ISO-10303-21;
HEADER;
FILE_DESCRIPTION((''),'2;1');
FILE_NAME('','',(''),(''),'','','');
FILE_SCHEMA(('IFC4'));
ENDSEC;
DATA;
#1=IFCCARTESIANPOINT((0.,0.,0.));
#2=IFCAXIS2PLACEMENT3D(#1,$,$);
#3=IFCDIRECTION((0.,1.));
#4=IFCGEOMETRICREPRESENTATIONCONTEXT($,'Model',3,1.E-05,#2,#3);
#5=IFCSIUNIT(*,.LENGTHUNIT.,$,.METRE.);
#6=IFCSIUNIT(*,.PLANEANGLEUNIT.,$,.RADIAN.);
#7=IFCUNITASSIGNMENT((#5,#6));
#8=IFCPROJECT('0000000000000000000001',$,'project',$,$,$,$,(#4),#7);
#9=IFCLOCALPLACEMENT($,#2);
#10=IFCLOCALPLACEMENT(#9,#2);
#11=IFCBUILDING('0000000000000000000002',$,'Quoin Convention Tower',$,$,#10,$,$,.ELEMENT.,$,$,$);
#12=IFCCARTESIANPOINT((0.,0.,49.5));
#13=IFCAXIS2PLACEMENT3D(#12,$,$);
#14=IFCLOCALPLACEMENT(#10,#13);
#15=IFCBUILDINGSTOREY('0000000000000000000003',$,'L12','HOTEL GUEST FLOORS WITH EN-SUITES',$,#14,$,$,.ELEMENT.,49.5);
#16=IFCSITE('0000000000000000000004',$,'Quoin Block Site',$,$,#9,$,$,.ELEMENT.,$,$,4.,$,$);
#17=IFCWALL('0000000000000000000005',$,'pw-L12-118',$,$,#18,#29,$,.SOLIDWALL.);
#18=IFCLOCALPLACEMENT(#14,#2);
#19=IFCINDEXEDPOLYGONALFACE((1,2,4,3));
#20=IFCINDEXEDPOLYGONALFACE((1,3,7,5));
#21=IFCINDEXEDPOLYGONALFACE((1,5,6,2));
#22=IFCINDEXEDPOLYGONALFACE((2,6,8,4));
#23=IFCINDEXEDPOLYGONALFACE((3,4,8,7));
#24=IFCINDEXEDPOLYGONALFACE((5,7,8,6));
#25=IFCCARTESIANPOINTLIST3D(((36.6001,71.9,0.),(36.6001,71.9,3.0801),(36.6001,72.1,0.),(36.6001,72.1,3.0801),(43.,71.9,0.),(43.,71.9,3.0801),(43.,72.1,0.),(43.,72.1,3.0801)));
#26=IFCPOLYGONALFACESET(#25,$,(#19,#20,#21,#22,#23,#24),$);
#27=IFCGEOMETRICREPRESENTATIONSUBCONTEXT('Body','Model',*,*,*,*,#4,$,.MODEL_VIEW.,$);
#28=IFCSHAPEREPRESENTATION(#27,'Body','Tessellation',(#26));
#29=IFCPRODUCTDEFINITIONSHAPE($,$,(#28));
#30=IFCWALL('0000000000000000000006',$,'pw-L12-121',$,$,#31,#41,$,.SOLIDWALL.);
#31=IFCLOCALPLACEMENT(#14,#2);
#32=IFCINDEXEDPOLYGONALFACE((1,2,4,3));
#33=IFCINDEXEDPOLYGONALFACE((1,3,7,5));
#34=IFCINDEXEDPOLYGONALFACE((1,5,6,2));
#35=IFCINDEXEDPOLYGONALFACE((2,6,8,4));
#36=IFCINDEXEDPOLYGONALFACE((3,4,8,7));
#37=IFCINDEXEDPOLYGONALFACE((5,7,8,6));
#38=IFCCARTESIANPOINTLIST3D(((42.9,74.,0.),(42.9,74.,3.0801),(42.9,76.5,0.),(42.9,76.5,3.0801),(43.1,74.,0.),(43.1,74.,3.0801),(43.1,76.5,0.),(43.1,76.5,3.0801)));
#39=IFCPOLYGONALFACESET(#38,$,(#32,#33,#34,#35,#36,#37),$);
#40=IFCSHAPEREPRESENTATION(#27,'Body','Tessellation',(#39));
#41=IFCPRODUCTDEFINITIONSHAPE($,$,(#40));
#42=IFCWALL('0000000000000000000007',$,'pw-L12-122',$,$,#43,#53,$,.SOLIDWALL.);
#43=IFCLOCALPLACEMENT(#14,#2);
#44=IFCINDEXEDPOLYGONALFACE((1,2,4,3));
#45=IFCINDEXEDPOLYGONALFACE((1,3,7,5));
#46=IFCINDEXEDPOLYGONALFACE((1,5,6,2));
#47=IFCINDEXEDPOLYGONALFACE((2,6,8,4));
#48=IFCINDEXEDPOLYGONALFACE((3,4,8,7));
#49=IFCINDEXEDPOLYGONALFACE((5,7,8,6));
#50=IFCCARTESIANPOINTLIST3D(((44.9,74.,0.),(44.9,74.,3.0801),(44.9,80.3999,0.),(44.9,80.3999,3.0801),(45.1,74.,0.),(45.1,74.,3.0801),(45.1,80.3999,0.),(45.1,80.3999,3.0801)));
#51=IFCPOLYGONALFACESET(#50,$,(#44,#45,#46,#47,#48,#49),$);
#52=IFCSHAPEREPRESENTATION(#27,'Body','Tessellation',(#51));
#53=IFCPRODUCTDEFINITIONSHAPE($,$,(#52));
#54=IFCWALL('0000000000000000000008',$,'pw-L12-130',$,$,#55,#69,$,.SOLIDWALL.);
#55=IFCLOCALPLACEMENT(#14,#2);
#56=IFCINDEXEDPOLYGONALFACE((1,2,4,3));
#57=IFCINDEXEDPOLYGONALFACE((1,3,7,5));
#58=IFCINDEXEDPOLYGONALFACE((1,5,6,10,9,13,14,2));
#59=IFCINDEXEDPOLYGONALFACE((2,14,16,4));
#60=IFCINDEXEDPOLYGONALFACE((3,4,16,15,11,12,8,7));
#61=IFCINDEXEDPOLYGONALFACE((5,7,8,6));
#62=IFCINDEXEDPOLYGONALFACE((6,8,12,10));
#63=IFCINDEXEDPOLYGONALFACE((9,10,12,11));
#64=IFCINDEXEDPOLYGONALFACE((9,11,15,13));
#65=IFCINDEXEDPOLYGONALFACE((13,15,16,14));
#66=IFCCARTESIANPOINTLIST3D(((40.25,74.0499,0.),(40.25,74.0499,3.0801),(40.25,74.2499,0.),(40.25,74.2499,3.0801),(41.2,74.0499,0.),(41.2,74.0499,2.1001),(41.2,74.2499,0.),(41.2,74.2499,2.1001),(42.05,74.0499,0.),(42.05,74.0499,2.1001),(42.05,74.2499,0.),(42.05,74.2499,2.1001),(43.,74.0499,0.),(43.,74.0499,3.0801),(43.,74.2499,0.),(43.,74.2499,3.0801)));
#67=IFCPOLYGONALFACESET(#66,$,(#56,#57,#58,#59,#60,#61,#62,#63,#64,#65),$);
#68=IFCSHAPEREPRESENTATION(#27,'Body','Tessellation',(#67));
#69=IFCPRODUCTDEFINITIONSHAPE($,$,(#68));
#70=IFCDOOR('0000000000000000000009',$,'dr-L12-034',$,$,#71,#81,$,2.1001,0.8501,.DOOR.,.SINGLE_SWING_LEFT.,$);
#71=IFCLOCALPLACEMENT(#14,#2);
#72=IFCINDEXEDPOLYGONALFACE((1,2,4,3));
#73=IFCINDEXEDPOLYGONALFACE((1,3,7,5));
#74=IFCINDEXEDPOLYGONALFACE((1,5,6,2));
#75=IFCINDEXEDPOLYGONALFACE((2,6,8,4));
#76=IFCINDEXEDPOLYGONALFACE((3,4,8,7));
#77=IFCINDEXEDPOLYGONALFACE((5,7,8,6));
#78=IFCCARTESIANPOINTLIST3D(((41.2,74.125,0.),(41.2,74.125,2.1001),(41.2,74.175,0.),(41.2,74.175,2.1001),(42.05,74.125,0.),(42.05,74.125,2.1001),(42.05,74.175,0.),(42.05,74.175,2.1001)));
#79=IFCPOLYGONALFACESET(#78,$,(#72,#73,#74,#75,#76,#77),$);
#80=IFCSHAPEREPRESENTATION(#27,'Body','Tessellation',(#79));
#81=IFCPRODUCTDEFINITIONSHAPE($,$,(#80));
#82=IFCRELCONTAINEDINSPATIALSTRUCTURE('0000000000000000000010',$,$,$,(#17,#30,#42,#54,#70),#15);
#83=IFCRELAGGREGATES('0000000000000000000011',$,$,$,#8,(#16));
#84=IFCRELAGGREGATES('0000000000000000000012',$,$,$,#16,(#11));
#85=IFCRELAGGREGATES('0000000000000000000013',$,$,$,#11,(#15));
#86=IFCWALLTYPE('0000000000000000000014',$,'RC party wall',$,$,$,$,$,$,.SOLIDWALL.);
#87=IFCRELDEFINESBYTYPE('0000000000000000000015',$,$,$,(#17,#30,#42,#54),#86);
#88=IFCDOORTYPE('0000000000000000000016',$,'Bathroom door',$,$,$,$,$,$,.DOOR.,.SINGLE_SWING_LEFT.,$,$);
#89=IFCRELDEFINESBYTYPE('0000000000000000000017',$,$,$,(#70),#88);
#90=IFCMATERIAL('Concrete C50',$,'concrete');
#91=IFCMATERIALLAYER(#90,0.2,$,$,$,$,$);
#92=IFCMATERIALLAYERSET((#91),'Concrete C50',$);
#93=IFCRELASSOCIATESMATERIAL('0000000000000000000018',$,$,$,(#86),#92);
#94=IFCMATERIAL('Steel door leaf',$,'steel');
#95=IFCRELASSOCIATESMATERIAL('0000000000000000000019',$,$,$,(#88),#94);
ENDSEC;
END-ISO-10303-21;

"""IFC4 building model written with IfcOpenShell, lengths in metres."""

from ifc_helpers import new_model, si_unit, direction, frame, frame_2d, origin, place, context, subcontext, project, spatial, rectangle, extrude, material, layer, layer_set, type_object, element, fill, save


model = new_model("IFC4")

# Units and contexts
model_context = context("Model", 3, precision=1e-05, world=origin(), true_north=direction((0.0, 1.0)))
body_context = subcontext(model_context, "Body", "Model", "MODEL_VIEW")
ifc_project = project(units=[si_unit("LENGTHUNIT", "METRE"), si_unit("PLANEANGLEUNIT", "RADIAN")], contexts=[model_context])

# Site, building, storey
site_placement = place(None, origin())
site = spatial("IfcSite", under=ifc_project, at=site_placement, Name="Quoin Block Site", CompositionType="ELEMENT", RefElevation=4.0)
building_placement = place(site_placement, origin())
building = spatial("IfcBuilding", under=site, at=building_placement, Name="Quoin Convention Tower", CompositionType="ELEMENT")
storey_placement = place(building_placement, frame((0.0, 0.0, 49.5)))
storey = spatial("IfcBuildingStorey", under=building, at=storey_placement, Name="L12", Description="HOTEL GUEST FLOORS WITH EN-SUITES", CompositionType="ELEMENT", Elevation=49.5)

# Shared definitions
ifc_material_1 = material(Name="Steel door leaf", Category="steel")

# Shared definitions
ifc_material_2 = material(Name="Concrete C50", Category="concrete")
ifc_layer_1 = layer(ifc_material_2, 0.2)
ifc_layer_set_1 = layer_set([ifc_layer_1], Name="Concrete C50")
wall_type_1 = type_object("IfcWallType", Name="RC party wall", PredefinedType="SOLIDWALL", material=ifc_layer_set_1)

# Shared definitions
door_type_1 = type_object("IfcDoorType", Name="Bathroom door", OperationType="SINGLE_SWING_LEFT", PredefinedType="DOOR", material=ifc_material_1)

# Walls
wall_1_placement = place(storey_placement, frame((36.6001, 72.0, 0.0), z_axis=(0.0, 0.0, 1.0), x_axis=(1.0, 0.0, 0.0)))
element("IfcWall", 1, at=wall_1_placement, inside=storey, type_object=wall_type_1, Name="pw-L12-118", PredefinedType="SOLIDWALL", context=body_context, shape_type="SweptSolid", body=[
    extrude(rectangle(XDim=6.3999, YDim=0.2, at=frame_2d((3.2, 0.0))), origin(), (0.0, 0.0, 1.0), 3.0801),
])
wall_2_placement = place(storey_placement, frame((43.0, 74.0, 0.0), z_axis=(0.0, 0.0, 1.0), x_axis=(0.0, 1.0, 0.0)))
element("IfcWall", 2, at=wall_2_placement, inside=storey, type_object=wall_type_1, Name="pw-L12-121", PredefinedType="SOLIDWALL", context=body_context, shape_type="SweptSolid", body=[
    extrude(rectangle(XDim=2.5, YDim=0.2, at=frame_2d((1.25, 0.0))), origin(), (0.0, 0.0, 1.0), 3.0801),
])
wall_3_placement = place(storey_placement, frame((45.0, 74.0, 0.0), z_axis=(0.0, 0.0, 1.0), x_axis=(0.0, 1.0, 0.0)))
element("IfcWall", 3, at=wall_3_placement, inside=storey, type_object=wall_type_1, Name="pw-L12-122", PredefinedType="SOLIDWALL", context=body_context, shape_type="SweptSolid", body=[
    extrude(rectangle(XDim=6.3999, YDim=0.2, at=frame_2d((3.2, 0.0))), origin(), (0.0, 0.0, 1.0), 3.0801),
])

# Wall, opening, door
wall_4_placement = place(storey_placement, frame((40.25, 74.1499, 0.0), z_axis=(0.0, 0.0, 1.0), x_axis=(1.0, 0.0, 0.0)))
wall_4 = element("IfcWall", 4, at=wall_4_placement, inside=storey, type_object=wall_type_1, Name="pw-L12-130", PredefinedType="SOLIDWALL", context=body_context, shape_type="SweptSolid", body=[
    extrude(rectangle(XDim=2.75, YDim=0.2, at=frame_2d((1.375, 0.0))), origin(), (0.0, 0.0, 1.0), 3.0801),
])
opening_1_placement = place(wall_4_placement, frame((0.95, 0.0, 0.0)))
opening_1 = element("IfcOpeningElement", 5, at=opening_1_placement, cuts=wall_4, PredefinedType="OPENING", context=body_context, shape_type="SweptSolid", body=[
    extrude(rectangle(XDim=0.8501, YDim=2.1001, at=frame_2d((0.425, 1.05))), frame((0.0, 0.1099, 0.0), z_axis=(0.0, -1.0, 0.0), x_axis=(1.0, 0.0, 0.0)), (0.0, 0.0, 1.0), 0.22),
])
door_1_placement = place(opening_1_placement, frame((0.8501, 0.0, 0.0), z_axis=(0.0, 0.0, 1.0), x_axis=(-1.0, 0.0, 0.0)))
door_1 = element("IfcDoor", 6, at=door_1_placement, inside=storey, type_object=door_type_1, Name="dr-L12-034", OperationType="SINGLE_SWING_LEFT", OverallHeight=2.1001, OverallWidth=0.8501, PredefinedType="DOOR", context=body_context, shape_type="SweptSolid", body=[
    extrude(rectangle(XDim=0.8501, YDim=2.1001, at=frame_2d((0.425, 1.05))), frame((0.0, 0.0249, 0.0), z_axis=(0.0, -1.0, 0.0), x_axis=(1.0, 0.0, 0.0)), (0.0, 0.0, 1.0), 0.05),
])
fill(opening_1, door_1)

save(model, "model.ifc")
